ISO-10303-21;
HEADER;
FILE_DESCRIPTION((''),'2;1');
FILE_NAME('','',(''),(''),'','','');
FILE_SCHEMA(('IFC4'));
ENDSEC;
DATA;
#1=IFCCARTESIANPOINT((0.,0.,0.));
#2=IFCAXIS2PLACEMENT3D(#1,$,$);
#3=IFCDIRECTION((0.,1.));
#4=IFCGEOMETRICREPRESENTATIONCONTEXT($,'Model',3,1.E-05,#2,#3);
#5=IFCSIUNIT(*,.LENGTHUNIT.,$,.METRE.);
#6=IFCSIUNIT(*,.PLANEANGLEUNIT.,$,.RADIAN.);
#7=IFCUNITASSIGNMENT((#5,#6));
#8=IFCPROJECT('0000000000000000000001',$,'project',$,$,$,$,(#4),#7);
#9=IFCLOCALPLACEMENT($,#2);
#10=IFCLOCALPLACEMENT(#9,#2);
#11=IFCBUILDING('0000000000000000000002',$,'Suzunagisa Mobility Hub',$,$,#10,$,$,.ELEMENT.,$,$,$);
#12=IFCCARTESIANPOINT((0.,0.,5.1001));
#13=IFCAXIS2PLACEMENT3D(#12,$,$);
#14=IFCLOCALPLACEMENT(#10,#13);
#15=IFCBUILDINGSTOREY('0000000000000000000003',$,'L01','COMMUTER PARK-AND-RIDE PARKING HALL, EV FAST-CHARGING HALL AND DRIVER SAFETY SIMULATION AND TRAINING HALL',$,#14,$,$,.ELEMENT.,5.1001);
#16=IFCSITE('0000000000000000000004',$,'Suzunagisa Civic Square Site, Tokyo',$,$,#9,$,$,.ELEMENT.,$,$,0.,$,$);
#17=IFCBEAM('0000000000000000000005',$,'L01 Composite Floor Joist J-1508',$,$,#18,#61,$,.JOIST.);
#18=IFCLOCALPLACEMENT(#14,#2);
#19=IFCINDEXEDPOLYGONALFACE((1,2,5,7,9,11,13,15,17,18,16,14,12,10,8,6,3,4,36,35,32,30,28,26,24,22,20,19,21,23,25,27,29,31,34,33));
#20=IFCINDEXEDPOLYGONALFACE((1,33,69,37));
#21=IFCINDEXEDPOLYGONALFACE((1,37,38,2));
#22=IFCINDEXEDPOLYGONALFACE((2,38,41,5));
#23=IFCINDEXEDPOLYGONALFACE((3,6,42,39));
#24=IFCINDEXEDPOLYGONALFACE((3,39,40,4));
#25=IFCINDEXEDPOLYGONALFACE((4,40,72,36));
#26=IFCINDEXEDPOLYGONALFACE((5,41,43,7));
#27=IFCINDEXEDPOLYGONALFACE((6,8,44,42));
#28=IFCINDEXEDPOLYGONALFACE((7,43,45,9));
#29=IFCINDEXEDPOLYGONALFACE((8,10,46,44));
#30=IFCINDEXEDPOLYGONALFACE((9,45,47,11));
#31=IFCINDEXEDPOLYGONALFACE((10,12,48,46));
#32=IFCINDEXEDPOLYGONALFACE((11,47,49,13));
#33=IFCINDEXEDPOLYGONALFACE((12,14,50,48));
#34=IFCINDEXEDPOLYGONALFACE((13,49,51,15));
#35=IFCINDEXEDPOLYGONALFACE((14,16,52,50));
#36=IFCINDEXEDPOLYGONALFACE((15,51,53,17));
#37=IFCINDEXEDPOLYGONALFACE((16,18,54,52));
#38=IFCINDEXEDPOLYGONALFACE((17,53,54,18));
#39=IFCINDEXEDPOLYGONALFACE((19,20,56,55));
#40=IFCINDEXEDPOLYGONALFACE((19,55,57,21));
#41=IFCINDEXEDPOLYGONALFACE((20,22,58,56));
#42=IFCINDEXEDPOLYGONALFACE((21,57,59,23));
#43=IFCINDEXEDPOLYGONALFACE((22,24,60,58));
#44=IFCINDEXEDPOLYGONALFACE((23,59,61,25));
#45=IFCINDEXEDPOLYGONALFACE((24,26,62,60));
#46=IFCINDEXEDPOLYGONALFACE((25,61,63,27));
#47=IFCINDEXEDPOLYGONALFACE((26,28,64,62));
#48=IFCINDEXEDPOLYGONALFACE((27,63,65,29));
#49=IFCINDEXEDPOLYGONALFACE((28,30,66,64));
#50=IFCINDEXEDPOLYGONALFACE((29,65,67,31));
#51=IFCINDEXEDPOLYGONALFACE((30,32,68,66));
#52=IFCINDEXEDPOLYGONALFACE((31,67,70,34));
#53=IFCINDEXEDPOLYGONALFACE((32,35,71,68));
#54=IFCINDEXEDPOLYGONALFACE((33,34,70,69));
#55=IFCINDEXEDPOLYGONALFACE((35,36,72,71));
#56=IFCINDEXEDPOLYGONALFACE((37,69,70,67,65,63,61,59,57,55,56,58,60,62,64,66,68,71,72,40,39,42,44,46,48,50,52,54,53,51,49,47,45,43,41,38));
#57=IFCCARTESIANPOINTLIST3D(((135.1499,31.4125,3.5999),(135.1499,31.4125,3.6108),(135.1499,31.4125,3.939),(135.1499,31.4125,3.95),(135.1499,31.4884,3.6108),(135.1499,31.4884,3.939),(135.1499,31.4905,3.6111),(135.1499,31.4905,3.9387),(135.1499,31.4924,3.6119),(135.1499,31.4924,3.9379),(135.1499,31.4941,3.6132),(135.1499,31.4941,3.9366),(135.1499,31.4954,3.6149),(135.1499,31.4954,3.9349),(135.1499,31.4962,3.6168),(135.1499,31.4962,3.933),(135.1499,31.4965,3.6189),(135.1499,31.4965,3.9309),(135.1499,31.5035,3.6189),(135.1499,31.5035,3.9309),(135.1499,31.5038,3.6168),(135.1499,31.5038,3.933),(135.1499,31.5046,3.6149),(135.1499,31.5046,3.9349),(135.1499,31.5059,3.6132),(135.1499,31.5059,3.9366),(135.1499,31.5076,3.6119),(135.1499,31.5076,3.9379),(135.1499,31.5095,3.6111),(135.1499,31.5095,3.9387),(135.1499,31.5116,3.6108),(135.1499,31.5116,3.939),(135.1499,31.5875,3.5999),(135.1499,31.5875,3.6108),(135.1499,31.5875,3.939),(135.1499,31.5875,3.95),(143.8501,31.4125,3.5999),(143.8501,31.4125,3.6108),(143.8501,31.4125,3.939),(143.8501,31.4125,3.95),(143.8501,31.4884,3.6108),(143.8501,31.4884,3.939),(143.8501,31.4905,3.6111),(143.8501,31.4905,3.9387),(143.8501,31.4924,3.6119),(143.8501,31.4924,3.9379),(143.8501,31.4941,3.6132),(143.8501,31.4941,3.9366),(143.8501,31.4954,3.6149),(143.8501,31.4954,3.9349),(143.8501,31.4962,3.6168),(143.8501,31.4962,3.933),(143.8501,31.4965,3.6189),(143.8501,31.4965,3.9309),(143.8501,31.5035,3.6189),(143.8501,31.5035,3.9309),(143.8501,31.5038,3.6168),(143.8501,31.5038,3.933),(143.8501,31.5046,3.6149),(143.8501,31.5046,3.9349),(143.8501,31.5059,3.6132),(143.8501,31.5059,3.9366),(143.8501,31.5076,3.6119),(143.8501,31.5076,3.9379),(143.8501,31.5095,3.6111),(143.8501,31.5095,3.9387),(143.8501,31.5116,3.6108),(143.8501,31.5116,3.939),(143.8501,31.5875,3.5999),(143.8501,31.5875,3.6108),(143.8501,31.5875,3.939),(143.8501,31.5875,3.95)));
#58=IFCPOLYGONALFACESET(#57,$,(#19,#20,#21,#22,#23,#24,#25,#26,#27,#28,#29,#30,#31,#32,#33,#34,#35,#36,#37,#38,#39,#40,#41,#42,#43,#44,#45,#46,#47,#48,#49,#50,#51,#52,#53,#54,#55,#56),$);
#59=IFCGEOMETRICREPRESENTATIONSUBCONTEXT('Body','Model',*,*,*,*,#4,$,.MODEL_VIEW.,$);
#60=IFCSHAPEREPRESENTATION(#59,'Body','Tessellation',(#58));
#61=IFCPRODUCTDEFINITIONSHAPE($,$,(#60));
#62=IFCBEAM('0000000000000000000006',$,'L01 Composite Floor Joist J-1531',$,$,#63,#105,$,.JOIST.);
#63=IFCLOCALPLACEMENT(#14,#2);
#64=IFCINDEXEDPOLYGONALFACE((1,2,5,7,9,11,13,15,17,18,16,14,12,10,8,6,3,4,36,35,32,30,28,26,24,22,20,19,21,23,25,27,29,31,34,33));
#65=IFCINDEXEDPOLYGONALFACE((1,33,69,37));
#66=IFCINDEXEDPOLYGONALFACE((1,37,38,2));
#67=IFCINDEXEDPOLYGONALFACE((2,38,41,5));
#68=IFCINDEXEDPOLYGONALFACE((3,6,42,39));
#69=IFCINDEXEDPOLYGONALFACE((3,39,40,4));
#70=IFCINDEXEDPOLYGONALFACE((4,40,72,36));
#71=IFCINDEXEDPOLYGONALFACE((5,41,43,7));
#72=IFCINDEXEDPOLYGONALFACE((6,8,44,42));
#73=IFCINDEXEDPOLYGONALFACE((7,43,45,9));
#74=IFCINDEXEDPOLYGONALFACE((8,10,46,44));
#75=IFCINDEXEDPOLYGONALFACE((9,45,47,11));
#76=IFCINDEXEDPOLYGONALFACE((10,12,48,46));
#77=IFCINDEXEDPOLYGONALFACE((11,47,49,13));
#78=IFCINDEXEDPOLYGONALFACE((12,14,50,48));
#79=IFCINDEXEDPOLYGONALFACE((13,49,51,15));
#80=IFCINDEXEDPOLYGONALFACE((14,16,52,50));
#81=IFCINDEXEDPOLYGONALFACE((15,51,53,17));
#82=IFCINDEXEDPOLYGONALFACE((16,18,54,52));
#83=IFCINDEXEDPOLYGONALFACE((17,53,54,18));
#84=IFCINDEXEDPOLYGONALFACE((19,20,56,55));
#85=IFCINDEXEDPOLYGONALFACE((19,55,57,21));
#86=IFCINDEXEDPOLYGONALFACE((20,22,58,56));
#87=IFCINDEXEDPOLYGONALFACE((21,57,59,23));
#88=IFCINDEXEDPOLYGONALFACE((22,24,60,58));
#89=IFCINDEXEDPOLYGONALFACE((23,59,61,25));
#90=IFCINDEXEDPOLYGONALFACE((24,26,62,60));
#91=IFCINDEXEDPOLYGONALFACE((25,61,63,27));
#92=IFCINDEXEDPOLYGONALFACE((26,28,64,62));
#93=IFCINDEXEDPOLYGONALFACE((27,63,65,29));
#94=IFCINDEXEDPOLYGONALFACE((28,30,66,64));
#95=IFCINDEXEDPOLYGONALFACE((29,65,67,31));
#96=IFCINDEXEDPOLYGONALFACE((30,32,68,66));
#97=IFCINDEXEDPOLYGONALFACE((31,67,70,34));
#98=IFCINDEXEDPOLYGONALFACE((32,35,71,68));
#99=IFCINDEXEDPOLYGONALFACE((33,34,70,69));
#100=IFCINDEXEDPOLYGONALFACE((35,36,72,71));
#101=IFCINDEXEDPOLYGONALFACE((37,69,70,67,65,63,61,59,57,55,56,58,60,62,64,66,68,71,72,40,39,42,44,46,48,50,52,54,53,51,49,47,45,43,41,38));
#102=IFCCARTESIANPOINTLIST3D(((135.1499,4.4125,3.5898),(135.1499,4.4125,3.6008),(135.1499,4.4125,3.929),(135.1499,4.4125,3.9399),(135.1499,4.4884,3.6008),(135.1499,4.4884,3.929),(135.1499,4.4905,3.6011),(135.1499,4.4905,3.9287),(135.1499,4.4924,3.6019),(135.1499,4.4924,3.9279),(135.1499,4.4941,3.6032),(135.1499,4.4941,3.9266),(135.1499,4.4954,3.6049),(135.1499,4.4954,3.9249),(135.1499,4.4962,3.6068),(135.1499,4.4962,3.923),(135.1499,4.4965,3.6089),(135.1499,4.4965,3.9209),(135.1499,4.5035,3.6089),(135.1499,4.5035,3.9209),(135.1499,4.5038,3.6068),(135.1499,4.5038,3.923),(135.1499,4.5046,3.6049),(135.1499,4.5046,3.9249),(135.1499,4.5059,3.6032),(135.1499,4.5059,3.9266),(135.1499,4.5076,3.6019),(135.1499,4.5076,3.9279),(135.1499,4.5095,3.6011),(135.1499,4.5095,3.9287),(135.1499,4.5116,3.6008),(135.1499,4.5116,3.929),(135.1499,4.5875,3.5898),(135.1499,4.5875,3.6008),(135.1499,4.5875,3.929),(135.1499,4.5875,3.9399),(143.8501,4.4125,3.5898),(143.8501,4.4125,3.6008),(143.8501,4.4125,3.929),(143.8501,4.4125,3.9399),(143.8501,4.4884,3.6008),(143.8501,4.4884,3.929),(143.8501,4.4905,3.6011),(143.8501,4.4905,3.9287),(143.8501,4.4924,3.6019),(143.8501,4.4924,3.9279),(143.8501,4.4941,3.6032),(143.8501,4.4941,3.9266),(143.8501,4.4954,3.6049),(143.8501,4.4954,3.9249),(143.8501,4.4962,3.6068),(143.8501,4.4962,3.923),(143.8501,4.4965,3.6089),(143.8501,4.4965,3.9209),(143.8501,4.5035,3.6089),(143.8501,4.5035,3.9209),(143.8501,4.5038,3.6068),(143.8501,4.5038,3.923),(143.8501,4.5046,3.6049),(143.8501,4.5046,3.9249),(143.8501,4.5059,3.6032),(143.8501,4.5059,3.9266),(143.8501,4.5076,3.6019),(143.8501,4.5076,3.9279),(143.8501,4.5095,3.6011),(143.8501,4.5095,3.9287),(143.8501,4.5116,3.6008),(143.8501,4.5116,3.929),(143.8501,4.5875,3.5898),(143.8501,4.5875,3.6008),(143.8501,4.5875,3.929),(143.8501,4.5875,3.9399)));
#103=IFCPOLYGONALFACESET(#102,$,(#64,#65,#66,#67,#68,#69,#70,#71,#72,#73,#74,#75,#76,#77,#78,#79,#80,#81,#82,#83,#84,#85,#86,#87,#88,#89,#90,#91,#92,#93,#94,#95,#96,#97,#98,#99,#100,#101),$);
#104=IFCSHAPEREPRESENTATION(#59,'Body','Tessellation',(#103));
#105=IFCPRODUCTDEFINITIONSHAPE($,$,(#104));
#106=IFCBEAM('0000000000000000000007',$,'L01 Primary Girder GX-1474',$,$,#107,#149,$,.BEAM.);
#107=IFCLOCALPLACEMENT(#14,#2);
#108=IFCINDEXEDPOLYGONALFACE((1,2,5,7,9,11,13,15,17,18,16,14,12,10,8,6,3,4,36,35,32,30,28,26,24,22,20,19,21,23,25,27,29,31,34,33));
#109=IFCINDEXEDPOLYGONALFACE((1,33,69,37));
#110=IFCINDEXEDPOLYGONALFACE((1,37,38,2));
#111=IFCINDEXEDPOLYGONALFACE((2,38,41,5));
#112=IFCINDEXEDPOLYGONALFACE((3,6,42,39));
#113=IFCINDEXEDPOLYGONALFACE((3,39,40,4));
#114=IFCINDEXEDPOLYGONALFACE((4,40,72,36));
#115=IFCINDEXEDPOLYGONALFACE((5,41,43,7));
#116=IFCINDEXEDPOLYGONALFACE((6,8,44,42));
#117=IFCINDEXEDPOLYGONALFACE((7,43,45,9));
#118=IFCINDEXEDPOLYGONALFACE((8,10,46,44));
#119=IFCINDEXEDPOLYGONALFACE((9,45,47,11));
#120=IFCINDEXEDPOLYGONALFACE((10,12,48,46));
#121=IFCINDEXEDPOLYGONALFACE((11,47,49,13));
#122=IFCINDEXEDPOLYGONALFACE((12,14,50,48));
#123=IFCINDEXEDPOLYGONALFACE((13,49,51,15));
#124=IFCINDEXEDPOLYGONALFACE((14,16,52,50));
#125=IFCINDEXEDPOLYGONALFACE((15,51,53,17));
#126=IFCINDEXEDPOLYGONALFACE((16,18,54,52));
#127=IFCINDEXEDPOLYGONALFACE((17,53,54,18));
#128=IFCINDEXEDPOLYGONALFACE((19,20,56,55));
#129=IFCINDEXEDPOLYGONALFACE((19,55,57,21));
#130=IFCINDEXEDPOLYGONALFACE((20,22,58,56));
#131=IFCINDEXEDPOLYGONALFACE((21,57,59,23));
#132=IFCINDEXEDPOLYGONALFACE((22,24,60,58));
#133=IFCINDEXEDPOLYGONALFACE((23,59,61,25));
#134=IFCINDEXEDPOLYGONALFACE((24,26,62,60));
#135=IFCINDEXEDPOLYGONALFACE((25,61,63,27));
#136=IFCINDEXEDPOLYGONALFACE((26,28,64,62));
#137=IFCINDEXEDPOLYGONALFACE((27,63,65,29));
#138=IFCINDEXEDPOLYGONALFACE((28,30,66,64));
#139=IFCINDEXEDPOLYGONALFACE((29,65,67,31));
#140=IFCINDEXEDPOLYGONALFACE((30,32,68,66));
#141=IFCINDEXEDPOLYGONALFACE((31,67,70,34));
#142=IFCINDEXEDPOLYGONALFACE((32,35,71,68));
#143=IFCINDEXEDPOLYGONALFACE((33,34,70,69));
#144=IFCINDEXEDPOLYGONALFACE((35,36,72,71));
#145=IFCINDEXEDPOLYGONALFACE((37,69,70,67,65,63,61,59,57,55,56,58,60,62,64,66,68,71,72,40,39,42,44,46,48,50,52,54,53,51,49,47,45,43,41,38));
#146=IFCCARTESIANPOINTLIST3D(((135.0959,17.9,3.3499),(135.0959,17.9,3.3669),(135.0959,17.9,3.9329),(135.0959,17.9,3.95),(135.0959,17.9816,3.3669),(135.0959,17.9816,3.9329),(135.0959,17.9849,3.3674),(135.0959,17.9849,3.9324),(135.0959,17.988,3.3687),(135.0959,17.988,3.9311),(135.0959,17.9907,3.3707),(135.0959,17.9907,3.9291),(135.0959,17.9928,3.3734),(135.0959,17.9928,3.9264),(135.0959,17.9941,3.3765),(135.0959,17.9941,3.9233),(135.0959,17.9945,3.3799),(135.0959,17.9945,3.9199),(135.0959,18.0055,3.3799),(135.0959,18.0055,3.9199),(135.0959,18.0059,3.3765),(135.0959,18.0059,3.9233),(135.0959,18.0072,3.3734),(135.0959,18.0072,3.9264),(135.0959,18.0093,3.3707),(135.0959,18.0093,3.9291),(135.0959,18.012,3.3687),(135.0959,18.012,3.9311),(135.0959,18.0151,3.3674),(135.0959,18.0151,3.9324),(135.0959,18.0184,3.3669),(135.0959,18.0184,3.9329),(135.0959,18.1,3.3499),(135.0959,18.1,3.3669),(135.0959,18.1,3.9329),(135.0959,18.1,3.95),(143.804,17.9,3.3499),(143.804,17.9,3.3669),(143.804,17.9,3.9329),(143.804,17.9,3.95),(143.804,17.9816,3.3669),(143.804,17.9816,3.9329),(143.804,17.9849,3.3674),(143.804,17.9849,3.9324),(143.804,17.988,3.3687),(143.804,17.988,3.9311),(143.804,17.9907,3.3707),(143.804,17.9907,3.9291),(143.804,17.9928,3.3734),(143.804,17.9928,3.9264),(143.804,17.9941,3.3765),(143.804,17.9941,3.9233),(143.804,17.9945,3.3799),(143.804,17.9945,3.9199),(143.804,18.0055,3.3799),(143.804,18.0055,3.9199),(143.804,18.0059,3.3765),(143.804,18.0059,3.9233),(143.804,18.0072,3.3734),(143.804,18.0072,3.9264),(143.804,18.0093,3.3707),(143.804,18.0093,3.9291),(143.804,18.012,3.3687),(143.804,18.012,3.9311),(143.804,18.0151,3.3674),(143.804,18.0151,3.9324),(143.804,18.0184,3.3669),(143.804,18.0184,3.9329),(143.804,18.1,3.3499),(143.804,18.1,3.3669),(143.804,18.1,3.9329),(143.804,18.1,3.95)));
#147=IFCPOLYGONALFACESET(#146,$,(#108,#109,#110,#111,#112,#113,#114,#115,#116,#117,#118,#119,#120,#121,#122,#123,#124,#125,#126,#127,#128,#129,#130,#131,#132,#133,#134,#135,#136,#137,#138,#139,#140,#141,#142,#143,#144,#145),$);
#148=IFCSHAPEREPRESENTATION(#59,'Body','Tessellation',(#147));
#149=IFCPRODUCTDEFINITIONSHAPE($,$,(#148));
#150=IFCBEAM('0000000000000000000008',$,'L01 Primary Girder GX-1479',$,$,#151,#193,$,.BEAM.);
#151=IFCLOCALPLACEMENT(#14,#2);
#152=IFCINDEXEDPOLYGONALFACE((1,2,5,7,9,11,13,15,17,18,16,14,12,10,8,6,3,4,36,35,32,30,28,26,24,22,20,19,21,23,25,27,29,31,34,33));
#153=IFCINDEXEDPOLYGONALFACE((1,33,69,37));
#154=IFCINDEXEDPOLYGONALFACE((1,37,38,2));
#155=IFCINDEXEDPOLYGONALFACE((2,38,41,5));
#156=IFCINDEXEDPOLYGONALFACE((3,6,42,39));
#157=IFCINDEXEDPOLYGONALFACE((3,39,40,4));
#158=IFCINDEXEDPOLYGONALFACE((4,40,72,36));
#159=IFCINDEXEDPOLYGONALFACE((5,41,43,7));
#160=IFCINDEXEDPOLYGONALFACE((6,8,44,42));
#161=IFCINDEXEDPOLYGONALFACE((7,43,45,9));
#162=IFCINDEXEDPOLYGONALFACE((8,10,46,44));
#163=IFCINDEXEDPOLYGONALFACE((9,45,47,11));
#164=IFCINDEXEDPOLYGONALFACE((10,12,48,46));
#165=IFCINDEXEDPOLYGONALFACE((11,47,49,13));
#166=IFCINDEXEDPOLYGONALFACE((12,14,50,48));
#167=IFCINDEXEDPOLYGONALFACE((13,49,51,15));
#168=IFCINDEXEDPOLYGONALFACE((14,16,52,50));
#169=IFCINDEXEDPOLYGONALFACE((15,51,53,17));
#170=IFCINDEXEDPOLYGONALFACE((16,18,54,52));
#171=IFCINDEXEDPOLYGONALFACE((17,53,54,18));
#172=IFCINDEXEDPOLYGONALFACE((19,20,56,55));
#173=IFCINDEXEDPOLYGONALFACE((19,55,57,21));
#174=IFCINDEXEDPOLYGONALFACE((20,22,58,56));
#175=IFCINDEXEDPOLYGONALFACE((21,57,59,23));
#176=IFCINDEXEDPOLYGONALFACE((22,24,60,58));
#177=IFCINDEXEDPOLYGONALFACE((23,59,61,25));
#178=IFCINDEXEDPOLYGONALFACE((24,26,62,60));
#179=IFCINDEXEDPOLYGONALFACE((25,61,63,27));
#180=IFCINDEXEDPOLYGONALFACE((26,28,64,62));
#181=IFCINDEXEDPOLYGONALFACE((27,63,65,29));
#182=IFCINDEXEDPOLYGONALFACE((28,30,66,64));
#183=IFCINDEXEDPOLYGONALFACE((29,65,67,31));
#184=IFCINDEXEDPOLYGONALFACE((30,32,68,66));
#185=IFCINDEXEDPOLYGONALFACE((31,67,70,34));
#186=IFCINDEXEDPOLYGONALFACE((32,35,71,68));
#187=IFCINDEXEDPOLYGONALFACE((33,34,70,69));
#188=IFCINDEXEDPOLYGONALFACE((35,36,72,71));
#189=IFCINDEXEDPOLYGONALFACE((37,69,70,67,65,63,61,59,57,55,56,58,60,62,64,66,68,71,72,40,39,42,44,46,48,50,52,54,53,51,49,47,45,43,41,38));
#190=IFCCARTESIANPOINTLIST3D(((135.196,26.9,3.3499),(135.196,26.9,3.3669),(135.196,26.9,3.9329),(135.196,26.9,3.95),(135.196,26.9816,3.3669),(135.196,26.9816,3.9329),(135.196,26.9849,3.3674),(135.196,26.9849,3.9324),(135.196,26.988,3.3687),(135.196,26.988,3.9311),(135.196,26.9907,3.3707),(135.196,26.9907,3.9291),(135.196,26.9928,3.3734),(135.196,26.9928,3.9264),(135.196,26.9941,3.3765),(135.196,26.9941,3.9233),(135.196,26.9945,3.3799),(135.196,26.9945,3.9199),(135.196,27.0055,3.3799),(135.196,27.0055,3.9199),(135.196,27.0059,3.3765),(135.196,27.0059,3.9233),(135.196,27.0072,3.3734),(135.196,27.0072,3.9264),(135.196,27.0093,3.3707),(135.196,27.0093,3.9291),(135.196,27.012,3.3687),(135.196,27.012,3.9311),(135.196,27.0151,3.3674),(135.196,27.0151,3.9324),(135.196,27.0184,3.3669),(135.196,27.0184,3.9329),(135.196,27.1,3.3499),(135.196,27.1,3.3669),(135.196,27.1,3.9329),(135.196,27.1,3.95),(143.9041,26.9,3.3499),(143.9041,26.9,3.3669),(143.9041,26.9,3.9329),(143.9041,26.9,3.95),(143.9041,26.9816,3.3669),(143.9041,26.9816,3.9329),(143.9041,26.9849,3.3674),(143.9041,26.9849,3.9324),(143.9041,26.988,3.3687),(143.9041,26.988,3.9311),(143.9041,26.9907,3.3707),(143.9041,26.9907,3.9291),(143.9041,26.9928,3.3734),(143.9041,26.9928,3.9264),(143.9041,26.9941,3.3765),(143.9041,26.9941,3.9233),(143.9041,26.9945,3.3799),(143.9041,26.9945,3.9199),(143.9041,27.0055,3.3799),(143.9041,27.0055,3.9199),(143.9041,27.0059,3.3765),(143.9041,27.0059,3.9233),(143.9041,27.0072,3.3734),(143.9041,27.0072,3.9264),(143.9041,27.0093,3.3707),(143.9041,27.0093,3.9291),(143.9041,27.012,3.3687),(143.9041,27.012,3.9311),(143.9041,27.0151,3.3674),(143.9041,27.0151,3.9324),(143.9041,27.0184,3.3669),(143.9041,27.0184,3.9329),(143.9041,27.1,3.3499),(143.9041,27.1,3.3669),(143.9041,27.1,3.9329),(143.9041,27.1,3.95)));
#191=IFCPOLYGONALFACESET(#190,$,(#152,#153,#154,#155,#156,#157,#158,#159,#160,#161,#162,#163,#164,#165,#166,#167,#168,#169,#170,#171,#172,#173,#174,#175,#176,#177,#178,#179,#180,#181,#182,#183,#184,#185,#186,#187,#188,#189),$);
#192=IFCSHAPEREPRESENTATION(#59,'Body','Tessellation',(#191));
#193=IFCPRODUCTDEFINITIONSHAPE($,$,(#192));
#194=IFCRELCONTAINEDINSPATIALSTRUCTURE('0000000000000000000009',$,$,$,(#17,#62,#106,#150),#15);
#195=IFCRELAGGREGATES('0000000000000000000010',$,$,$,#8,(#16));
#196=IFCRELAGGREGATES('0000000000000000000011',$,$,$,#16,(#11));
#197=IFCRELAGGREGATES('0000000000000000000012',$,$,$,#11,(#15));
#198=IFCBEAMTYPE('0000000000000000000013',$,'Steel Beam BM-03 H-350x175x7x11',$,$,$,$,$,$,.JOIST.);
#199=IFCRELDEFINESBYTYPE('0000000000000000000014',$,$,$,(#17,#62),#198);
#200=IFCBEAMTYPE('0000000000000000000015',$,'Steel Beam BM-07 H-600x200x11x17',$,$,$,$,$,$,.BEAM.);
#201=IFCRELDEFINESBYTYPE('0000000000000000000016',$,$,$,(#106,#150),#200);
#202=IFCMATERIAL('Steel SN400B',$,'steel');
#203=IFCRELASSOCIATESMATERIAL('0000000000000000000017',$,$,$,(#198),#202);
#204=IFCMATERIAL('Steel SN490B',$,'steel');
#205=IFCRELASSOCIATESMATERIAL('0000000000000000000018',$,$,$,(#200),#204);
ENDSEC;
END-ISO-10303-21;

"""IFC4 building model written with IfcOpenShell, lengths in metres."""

from ifc_helpers import new_model, si_unit, direction, frame, origin, origin_2d, place, context, subcontext, project, spatial, i_section, extrude, material, material_profile, profile_set, type_object, element, save


model = new_model("IFC4")

# Units and contexts
model_context = context("Model", 3, precision=1e-05, world=origin(), true_north=direction((0.0, 1.0)))
body_context = subcontext(model_context, "Body", "Model", "MODEL_VIEW")
ifc_project = project(units=[si_unit("LENGTHUNIT", "METRE"), si_unit("PLANEANGLEUNIT", "RADIAN")], contexts=[model_context])

# Site, building, storey
site_placement = place(None, origin())
site = spatial("IfcSite", under=ifc_project, at=site_placement, Name="Suzunagisa Civic Square Site, Tokyo", CompositionType="ELEMENT", RefElevation=0.0)
building_placement = place(site_placement, origin())
building = spatial("IfcBuilding", under=site, at=building_placement, Name="Suzunagisa Mobility Hub", CompositionType="ELEMENT")
storey_placement = place(building_placement, frame((0.0, 0.0, 5.1001)))
storey = spatial("IfcBuildingStorey", under=building, at=storey_placement, Name="L01", Description="COMMUTER PARK-AND-RIDE PARKING HALL, EV FAST-CHARGING HALL AND DRIVER SAFETY SIMULATION AND TRAINING HALL", CompositionType="ELEMENT", Elevation=5.1001)

# Shared definitions
ifc_material_1 = material(Name="Steel SN490B", Category="steel")

# Beams
ifc_material_2 = material(Name="Steel SN400B", Category="steel")
ifc_material_profile_1 = material_profile(ifc_material_2, i_section(OverallWidth=0.175, OverallDepth=0.3501, WebThickness=0.0071, FlangeThickness=0.011, FilletRadius=0.0081, at=origin_2d()), Name="H-350x175x7x11")
ifc_profile_set_1 = profile_set([ifc_material_profile_1], Name="Steel SN400B")
beam_type_1 = type_object("IfcBeamType", Name="Steel Beam BM-03 H-350x175x7x11", PredefinedType="JOIST", material=ifc_profile_set_1)
for number, where, z_axis, x_axis, name in (
    (1, (135.1499, 31.5, 3.7749), (1.0, 0.0, 0.0), (0.0, 1.0, 0.0), "L01 Composite Floor Joist J-1508"),
    (2, (135.1499, 4.5, 3.7649), (1.0, 0.0, 0.0), (0.0, 1.0, 0.0), "L01 Composite Floor Joist J-1531"),
):
    element("IfcBeam", number, at=place(storey_placement, frame(where, z_axis=z_axis, x_axis=x_axis)), inside=storey, type_object=beam_type_1, Name=name, PredefinedType="JOIST", context=body_context, shape_type="SweptSolid", body=[
        extrude(i_section(OverallWidth=0.175, OverallDepth=0.3501, WebThickness=0.0071, FlangeThickness=0.011, FilletRadius=0.0081, at=origin_2d()), origin(), (0.0, 0.0, 1.0), 8.7002),
    ])
ifc_material_profile_2 = material_profile(ifc_material_1, i_section(OverallWidth=0.2, OverallDepth=0.6001, WebThickness=0.011, FlangeThickness=0.0171, FilletRadius=0.0129, at=origin_2d()), Name="H-600x200x11x17")
ifc_profile_set_2 = profile_set([ifc_material_profile_2], Name="Steel SN490B")
beam_type_2 = type_object("IfcBeamType", Name="Steel Beam BM-07 H-600x200x11x17", PredefinedType="BEAM", material=ifc_profile_set_2)
for number, where, z_axis, x_axis, name in (
    (3, (135.0959, 18.0, 3.6499), (1.0, 0.0, 0.0), (0.0, 1.0, 0.0), "L01 Primary Girder GX-1474"),
    (4, (135.196, 27.0, 3.6499), (1.0, 0.0, 0.0), (0.0, 1.0, 0.0), "L01 Primary Girder GX-1479"),
):
    element("IfcBeam", number, at=place(storey_placement, frame(where, z_axis=z_axis, x_axis=x_axis)), inside=storey, type_object=beam_type_2, Name=name, PredefinedType="BEAM", context=body_context, shape_type="SweptSolid", body=[
        extrude(i_section(OverallWidth=0.2, OverallDepth=0.6001, WebThickness=0.011, FlangeThickness=0.0171, FilletRadius=0.0129, at=origin_2d()), origin(), (0.0, 0.0, 1.0), 8.708),
    ])

save(model, "model.ifc")
